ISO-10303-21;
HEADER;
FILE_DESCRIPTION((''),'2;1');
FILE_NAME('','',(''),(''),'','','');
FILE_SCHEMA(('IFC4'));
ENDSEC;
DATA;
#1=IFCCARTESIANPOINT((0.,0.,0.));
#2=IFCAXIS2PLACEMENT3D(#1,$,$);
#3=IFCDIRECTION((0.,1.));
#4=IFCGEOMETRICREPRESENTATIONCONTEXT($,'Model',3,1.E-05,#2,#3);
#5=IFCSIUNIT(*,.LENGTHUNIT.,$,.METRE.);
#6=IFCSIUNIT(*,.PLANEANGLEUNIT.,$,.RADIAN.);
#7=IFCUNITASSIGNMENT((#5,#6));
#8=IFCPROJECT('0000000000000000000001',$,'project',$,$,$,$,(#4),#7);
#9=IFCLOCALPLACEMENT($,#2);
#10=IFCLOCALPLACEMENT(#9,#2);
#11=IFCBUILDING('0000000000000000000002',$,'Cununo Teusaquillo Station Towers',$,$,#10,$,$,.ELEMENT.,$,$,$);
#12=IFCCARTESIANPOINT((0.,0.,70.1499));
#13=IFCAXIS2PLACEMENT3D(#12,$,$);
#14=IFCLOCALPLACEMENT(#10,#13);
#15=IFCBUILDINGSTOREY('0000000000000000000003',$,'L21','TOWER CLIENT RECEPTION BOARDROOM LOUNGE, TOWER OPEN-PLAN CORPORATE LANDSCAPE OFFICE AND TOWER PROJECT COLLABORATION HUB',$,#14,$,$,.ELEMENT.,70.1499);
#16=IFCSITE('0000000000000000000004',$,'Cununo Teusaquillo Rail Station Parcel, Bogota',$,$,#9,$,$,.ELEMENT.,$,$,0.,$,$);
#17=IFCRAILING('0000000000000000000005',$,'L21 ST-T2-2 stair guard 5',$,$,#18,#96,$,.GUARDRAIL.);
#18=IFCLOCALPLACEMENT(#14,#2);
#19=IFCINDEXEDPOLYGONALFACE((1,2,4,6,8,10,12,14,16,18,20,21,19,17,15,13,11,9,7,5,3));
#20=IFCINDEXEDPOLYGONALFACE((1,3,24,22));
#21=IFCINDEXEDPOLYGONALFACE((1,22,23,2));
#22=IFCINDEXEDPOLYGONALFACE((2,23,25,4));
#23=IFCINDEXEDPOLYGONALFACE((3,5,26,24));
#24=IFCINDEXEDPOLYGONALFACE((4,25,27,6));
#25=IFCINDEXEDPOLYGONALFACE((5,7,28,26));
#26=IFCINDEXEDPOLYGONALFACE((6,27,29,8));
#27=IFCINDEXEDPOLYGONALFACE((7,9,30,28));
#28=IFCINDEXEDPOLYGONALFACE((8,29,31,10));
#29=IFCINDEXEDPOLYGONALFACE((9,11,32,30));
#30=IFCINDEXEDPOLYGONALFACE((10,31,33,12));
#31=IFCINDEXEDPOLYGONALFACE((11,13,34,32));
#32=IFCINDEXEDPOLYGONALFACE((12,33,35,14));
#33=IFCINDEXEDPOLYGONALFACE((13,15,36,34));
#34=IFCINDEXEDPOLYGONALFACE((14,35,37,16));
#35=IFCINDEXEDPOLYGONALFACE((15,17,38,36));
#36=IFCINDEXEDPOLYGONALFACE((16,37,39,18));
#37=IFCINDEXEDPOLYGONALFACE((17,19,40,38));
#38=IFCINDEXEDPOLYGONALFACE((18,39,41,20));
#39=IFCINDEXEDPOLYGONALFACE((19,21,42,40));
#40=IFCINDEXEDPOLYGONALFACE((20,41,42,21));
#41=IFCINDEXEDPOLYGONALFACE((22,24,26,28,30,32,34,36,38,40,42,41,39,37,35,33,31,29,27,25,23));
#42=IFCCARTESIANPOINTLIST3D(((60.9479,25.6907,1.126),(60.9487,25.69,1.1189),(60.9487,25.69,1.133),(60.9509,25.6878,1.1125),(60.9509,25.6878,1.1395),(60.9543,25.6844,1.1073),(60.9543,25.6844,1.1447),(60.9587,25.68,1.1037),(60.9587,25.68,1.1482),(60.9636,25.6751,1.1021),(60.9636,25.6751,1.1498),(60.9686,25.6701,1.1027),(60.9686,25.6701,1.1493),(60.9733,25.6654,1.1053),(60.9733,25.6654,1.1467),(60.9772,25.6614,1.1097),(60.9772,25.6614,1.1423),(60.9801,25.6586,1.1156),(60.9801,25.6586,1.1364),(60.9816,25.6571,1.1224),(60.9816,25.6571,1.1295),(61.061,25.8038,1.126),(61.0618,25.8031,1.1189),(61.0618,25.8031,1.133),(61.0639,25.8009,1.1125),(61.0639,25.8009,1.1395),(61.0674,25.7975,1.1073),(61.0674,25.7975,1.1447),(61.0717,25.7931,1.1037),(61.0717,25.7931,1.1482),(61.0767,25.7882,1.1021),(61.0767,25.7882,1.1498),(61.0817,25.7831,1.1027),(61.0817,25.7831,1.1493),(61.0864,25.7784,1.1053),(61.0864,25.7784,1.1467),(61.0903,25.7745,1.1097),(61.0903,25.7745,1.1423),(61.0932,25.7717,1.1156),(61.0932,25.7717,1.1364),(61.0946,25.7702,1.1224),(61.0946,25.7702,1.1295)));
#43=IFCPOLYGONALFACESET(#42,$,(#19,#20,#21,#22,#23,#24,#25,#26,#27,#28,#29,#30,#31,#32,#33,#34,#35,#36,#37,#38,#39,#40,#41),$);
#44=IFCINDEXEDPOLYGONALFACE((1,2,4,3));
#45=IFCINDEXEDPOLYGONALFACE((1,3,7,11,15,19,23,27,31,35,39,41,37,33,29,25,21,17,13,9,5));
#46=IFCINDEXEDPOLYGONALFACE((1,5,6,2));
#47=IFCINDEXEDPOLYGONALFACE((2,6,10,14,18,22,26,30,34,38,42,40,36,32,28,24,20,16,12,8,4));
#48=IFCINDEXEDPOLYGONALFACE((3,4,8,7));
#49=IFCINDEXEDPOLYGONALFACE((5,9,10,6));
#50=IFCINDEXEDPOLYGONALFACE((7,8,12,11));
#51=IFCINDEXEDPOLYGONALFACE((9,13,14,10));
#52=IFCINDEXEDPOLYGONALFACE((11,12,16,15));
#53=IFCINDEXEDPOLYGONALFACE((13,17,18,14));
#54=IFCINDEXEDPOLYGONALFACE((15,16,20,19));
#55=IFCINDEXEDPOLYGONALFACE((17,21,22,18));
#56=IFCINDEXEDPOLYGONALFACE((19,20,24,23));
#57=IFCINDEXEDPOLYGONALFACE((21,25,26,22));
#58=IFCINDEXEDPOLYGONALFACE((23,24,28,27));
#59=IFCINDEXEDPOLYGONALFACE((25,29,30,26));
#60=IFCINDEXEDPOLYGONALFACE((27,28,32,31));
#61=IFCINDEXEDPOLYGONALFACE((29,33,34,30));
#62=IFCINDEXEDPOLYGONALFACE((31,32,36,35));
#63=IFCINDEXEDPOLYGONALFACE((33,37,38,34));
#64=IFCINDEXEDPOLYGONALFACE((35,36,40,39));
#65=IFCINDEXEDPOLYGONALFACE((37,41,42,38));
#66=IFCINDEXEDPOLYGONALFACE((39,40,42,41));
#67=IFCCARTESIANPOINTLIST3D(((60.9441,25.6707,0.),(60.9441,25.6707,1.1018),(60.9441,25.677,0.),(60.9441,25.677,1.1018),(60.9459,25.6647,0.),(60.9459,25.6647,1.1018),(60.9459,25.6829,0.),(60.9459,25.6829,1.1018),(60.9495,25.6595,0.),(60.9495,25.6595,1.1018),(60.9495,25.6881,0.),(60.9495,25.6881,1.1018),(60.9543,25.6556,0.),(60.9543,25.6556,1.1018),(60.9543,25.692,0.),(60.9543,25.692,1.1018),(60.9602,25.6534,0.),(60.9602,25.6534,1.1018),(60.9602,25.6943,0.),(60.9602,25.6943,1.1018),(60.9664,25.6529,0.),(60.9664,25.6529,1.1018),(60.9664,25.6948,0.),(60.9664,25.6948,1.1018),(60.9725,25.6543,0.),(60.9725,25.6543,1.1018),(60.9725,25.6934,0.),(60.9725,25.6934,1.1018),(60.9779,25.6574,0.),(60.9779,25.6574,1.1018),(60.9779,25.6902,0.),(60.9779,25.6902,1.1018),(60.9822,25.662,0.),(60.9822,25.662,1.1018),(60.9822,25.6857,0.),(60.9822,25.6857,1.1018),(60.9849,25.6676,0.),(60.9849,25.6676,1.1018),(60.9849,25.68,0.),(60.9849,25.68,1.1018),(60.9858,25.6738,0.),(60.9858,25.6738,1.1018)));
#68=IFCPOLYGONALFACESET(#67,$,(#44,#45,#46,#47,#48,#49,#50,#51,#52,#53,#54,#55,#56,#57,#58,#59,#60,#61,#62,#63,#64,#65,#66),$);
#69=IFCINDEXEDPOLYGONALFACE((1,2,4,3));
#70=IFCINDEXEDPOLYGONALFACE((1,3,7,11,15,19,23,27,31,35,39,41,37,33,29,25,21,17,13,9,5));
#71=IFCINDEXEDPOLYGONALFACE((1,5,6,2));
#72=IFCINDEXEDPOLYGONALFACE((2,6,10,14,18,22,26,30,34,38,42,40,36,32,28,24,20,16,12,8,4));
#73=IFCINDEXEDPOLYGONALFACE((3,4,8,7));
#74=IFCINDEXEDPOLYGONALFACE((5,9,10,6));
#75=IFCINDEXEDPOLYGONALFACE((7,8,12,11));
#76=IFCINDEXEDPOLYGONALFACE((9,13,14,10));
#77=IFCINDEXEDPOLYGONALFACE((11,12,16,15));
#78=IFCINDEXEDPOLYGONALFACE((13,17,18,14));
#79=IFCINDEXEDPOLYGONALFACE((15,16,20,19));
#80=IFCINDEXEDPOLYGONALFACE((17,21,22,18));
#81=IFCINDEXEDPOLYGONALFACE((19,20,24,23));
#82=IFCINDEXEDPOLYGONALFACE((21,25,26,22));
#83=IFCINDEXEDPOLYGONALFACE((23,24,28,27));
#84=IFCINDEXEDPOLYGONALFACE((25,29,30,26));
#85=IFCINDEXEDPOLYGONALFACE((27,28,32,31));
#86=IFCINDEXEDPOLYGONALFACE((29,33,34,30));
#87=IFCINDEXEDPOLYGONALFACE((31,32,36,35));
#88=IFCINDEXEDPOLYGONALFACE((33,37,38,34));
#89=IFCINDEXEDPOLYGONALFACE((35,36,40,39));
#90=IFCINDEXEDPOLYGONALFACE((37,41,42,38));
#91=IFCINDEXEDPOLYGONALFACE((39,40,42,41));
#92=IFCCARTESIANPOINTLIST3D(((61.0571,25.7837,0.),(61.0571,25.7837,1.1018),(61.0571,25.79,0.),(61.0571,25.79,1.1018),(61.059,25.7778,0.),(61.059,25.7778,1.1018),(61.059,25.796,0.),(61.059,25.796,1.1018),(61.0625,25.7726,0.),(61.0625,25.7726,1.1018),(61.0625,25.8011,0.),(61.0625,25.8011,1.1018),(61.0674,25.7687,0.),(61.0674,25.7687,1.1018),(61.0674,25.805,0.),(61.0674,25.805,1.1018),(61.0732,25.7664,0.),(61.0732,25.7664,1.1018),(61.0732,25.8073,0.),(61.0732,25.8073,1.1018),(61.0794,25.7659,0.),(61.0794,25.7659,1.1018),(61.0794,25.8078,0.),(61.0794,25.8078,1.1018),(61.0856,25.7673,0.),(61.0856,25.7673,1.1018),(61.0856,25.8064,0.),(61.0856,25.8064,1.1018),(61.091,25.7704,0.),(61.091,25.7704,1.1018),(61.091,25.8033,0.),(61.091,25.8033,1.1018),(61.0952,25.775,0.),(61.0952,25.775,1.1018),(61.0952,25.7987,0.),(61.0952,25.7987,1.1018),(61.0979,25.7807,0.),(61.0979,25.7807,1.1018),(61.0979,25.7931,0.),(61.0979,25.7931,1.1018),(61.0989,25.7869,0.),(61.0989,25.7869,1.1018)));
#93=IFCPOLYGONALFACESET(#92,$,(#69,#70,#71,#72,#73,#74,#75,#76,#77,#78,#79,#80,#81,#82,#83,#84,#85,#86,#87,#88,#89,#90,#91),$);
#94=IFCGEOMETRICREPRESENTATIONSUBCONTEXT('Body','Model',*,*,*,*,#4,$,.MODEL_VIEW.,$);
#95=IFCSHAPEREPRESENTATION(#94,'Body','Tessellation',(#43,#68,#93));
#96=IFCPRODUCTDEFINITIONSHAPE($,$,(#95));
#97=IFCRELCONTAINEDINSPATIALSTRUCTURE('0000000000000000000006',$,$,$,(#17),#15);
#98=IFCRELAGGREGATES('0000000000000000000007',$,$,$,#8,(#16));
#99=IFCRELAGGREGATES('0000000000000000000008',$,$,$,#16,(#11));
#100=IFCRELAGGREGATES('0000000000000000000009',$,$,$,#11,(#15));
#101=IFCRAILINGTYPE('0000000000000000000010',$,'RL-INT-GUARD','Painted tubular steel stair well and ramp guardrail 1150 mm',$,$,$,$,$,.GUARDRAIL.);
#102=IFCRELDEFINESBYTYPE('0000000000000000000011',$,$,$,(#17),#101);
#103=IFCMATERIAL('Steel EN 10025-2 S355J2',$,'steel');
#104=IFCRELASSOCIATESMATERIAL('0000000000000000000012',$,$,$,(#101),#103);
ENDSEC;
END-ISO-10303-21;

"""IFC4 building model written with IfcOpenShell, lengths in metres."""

from ifc_helpers import new_model, si_unit, direction, frame, origin, origin_2d, place, context, subcontext, project, spatial, circle, extrude, material, type_object, element, save


model = new_model("IFC4")

# Units and contexts
model_context = context("Model", 3, precision=1e-05, world=origin(), true_north=direction((0.0, 1.0)))
body_context = subcontext(model_context, "Body", "Model", "MODEL_VIEW")
ifc_project = project(units=[si_unit("LENGTHUNIT", "METRE"), si_unit("PLANEANGLEUNIT", "RADIAN")], contexts=[model_context])

# Site, building, storey
site_placement = place(None, origin())
site = spatial("IfcSite", under=ifc_project, at=site_placement, Name="Cununo Teusaquillo Rail Station Parcel, Bogota", CompositionType="ELEMENT", RefElevation=0.0)
building_placement = place(site_placement, origin())
building = spatial("IfcBuilding", under=site, at=building_placement, Name="Cununo Teusaquillo Station Towers", CompositionType="ELEMENT")
storey_placement = place(building_placement, frame((0.0, 0.0, 70.1499)))
storey = spatial("IfcBuildingStorey", under=building, at=storey_placement, Name="L21", Description="TOWER CLIENT RECEPTION BOARDROOM LOUNGE, TOWER OPEN-PLAN CORPORATE LANDSCAPE OFFICE AND TOWER PROJECT COLLABORATION HUB", CompositionType="ELEMENT", Elevation=70.1499)

# Railing
ifc_material_1 = material(Name="Steel EN 10025-2 S355J2", Category="steel")
railing_type_1 = type_object("IfcRailingType", Name="RL-INT-GUARD", Description="Painted tubular steel stair well and ramp guardrail 1150 mm", PredefinedType="GUARDRAIL", material=ifc_material_1)
railing_1_placement = place(storey_placement, frame((60.9648, 25.6738, 0.0)))
element("IfcRailing", 1, at=railing_1_placement, inside=storey, type_object=railing_type_1, Name="L21 ST-T2-2 stair guard 5", PredefinedType="GUARDRAIL", context=body_context, shape_type="SweptSolid", body=[
    extrude(circle(Radius=0.0239, at=origin_2d()), frame((0.0, 0.0, 1.126), z_axis=(0.707107, 0.707107, 0.0), x_axis=(-0.707107, 0.707107, 0.0)), (0.0, 0.0, 1.0), 0.1599),
    extrude(circle(Radius=0.021, at=origin_2d()), origin(), (0.0, 0.0, 1.0), 1.1018),
    extrude(circle(Radius=0.021, at=origin_2d()), frame((0.113, 0.113, 0.0)), (0.0, 0.0, 1.0), 1.1018),
])

save(model, "model.ifc")
